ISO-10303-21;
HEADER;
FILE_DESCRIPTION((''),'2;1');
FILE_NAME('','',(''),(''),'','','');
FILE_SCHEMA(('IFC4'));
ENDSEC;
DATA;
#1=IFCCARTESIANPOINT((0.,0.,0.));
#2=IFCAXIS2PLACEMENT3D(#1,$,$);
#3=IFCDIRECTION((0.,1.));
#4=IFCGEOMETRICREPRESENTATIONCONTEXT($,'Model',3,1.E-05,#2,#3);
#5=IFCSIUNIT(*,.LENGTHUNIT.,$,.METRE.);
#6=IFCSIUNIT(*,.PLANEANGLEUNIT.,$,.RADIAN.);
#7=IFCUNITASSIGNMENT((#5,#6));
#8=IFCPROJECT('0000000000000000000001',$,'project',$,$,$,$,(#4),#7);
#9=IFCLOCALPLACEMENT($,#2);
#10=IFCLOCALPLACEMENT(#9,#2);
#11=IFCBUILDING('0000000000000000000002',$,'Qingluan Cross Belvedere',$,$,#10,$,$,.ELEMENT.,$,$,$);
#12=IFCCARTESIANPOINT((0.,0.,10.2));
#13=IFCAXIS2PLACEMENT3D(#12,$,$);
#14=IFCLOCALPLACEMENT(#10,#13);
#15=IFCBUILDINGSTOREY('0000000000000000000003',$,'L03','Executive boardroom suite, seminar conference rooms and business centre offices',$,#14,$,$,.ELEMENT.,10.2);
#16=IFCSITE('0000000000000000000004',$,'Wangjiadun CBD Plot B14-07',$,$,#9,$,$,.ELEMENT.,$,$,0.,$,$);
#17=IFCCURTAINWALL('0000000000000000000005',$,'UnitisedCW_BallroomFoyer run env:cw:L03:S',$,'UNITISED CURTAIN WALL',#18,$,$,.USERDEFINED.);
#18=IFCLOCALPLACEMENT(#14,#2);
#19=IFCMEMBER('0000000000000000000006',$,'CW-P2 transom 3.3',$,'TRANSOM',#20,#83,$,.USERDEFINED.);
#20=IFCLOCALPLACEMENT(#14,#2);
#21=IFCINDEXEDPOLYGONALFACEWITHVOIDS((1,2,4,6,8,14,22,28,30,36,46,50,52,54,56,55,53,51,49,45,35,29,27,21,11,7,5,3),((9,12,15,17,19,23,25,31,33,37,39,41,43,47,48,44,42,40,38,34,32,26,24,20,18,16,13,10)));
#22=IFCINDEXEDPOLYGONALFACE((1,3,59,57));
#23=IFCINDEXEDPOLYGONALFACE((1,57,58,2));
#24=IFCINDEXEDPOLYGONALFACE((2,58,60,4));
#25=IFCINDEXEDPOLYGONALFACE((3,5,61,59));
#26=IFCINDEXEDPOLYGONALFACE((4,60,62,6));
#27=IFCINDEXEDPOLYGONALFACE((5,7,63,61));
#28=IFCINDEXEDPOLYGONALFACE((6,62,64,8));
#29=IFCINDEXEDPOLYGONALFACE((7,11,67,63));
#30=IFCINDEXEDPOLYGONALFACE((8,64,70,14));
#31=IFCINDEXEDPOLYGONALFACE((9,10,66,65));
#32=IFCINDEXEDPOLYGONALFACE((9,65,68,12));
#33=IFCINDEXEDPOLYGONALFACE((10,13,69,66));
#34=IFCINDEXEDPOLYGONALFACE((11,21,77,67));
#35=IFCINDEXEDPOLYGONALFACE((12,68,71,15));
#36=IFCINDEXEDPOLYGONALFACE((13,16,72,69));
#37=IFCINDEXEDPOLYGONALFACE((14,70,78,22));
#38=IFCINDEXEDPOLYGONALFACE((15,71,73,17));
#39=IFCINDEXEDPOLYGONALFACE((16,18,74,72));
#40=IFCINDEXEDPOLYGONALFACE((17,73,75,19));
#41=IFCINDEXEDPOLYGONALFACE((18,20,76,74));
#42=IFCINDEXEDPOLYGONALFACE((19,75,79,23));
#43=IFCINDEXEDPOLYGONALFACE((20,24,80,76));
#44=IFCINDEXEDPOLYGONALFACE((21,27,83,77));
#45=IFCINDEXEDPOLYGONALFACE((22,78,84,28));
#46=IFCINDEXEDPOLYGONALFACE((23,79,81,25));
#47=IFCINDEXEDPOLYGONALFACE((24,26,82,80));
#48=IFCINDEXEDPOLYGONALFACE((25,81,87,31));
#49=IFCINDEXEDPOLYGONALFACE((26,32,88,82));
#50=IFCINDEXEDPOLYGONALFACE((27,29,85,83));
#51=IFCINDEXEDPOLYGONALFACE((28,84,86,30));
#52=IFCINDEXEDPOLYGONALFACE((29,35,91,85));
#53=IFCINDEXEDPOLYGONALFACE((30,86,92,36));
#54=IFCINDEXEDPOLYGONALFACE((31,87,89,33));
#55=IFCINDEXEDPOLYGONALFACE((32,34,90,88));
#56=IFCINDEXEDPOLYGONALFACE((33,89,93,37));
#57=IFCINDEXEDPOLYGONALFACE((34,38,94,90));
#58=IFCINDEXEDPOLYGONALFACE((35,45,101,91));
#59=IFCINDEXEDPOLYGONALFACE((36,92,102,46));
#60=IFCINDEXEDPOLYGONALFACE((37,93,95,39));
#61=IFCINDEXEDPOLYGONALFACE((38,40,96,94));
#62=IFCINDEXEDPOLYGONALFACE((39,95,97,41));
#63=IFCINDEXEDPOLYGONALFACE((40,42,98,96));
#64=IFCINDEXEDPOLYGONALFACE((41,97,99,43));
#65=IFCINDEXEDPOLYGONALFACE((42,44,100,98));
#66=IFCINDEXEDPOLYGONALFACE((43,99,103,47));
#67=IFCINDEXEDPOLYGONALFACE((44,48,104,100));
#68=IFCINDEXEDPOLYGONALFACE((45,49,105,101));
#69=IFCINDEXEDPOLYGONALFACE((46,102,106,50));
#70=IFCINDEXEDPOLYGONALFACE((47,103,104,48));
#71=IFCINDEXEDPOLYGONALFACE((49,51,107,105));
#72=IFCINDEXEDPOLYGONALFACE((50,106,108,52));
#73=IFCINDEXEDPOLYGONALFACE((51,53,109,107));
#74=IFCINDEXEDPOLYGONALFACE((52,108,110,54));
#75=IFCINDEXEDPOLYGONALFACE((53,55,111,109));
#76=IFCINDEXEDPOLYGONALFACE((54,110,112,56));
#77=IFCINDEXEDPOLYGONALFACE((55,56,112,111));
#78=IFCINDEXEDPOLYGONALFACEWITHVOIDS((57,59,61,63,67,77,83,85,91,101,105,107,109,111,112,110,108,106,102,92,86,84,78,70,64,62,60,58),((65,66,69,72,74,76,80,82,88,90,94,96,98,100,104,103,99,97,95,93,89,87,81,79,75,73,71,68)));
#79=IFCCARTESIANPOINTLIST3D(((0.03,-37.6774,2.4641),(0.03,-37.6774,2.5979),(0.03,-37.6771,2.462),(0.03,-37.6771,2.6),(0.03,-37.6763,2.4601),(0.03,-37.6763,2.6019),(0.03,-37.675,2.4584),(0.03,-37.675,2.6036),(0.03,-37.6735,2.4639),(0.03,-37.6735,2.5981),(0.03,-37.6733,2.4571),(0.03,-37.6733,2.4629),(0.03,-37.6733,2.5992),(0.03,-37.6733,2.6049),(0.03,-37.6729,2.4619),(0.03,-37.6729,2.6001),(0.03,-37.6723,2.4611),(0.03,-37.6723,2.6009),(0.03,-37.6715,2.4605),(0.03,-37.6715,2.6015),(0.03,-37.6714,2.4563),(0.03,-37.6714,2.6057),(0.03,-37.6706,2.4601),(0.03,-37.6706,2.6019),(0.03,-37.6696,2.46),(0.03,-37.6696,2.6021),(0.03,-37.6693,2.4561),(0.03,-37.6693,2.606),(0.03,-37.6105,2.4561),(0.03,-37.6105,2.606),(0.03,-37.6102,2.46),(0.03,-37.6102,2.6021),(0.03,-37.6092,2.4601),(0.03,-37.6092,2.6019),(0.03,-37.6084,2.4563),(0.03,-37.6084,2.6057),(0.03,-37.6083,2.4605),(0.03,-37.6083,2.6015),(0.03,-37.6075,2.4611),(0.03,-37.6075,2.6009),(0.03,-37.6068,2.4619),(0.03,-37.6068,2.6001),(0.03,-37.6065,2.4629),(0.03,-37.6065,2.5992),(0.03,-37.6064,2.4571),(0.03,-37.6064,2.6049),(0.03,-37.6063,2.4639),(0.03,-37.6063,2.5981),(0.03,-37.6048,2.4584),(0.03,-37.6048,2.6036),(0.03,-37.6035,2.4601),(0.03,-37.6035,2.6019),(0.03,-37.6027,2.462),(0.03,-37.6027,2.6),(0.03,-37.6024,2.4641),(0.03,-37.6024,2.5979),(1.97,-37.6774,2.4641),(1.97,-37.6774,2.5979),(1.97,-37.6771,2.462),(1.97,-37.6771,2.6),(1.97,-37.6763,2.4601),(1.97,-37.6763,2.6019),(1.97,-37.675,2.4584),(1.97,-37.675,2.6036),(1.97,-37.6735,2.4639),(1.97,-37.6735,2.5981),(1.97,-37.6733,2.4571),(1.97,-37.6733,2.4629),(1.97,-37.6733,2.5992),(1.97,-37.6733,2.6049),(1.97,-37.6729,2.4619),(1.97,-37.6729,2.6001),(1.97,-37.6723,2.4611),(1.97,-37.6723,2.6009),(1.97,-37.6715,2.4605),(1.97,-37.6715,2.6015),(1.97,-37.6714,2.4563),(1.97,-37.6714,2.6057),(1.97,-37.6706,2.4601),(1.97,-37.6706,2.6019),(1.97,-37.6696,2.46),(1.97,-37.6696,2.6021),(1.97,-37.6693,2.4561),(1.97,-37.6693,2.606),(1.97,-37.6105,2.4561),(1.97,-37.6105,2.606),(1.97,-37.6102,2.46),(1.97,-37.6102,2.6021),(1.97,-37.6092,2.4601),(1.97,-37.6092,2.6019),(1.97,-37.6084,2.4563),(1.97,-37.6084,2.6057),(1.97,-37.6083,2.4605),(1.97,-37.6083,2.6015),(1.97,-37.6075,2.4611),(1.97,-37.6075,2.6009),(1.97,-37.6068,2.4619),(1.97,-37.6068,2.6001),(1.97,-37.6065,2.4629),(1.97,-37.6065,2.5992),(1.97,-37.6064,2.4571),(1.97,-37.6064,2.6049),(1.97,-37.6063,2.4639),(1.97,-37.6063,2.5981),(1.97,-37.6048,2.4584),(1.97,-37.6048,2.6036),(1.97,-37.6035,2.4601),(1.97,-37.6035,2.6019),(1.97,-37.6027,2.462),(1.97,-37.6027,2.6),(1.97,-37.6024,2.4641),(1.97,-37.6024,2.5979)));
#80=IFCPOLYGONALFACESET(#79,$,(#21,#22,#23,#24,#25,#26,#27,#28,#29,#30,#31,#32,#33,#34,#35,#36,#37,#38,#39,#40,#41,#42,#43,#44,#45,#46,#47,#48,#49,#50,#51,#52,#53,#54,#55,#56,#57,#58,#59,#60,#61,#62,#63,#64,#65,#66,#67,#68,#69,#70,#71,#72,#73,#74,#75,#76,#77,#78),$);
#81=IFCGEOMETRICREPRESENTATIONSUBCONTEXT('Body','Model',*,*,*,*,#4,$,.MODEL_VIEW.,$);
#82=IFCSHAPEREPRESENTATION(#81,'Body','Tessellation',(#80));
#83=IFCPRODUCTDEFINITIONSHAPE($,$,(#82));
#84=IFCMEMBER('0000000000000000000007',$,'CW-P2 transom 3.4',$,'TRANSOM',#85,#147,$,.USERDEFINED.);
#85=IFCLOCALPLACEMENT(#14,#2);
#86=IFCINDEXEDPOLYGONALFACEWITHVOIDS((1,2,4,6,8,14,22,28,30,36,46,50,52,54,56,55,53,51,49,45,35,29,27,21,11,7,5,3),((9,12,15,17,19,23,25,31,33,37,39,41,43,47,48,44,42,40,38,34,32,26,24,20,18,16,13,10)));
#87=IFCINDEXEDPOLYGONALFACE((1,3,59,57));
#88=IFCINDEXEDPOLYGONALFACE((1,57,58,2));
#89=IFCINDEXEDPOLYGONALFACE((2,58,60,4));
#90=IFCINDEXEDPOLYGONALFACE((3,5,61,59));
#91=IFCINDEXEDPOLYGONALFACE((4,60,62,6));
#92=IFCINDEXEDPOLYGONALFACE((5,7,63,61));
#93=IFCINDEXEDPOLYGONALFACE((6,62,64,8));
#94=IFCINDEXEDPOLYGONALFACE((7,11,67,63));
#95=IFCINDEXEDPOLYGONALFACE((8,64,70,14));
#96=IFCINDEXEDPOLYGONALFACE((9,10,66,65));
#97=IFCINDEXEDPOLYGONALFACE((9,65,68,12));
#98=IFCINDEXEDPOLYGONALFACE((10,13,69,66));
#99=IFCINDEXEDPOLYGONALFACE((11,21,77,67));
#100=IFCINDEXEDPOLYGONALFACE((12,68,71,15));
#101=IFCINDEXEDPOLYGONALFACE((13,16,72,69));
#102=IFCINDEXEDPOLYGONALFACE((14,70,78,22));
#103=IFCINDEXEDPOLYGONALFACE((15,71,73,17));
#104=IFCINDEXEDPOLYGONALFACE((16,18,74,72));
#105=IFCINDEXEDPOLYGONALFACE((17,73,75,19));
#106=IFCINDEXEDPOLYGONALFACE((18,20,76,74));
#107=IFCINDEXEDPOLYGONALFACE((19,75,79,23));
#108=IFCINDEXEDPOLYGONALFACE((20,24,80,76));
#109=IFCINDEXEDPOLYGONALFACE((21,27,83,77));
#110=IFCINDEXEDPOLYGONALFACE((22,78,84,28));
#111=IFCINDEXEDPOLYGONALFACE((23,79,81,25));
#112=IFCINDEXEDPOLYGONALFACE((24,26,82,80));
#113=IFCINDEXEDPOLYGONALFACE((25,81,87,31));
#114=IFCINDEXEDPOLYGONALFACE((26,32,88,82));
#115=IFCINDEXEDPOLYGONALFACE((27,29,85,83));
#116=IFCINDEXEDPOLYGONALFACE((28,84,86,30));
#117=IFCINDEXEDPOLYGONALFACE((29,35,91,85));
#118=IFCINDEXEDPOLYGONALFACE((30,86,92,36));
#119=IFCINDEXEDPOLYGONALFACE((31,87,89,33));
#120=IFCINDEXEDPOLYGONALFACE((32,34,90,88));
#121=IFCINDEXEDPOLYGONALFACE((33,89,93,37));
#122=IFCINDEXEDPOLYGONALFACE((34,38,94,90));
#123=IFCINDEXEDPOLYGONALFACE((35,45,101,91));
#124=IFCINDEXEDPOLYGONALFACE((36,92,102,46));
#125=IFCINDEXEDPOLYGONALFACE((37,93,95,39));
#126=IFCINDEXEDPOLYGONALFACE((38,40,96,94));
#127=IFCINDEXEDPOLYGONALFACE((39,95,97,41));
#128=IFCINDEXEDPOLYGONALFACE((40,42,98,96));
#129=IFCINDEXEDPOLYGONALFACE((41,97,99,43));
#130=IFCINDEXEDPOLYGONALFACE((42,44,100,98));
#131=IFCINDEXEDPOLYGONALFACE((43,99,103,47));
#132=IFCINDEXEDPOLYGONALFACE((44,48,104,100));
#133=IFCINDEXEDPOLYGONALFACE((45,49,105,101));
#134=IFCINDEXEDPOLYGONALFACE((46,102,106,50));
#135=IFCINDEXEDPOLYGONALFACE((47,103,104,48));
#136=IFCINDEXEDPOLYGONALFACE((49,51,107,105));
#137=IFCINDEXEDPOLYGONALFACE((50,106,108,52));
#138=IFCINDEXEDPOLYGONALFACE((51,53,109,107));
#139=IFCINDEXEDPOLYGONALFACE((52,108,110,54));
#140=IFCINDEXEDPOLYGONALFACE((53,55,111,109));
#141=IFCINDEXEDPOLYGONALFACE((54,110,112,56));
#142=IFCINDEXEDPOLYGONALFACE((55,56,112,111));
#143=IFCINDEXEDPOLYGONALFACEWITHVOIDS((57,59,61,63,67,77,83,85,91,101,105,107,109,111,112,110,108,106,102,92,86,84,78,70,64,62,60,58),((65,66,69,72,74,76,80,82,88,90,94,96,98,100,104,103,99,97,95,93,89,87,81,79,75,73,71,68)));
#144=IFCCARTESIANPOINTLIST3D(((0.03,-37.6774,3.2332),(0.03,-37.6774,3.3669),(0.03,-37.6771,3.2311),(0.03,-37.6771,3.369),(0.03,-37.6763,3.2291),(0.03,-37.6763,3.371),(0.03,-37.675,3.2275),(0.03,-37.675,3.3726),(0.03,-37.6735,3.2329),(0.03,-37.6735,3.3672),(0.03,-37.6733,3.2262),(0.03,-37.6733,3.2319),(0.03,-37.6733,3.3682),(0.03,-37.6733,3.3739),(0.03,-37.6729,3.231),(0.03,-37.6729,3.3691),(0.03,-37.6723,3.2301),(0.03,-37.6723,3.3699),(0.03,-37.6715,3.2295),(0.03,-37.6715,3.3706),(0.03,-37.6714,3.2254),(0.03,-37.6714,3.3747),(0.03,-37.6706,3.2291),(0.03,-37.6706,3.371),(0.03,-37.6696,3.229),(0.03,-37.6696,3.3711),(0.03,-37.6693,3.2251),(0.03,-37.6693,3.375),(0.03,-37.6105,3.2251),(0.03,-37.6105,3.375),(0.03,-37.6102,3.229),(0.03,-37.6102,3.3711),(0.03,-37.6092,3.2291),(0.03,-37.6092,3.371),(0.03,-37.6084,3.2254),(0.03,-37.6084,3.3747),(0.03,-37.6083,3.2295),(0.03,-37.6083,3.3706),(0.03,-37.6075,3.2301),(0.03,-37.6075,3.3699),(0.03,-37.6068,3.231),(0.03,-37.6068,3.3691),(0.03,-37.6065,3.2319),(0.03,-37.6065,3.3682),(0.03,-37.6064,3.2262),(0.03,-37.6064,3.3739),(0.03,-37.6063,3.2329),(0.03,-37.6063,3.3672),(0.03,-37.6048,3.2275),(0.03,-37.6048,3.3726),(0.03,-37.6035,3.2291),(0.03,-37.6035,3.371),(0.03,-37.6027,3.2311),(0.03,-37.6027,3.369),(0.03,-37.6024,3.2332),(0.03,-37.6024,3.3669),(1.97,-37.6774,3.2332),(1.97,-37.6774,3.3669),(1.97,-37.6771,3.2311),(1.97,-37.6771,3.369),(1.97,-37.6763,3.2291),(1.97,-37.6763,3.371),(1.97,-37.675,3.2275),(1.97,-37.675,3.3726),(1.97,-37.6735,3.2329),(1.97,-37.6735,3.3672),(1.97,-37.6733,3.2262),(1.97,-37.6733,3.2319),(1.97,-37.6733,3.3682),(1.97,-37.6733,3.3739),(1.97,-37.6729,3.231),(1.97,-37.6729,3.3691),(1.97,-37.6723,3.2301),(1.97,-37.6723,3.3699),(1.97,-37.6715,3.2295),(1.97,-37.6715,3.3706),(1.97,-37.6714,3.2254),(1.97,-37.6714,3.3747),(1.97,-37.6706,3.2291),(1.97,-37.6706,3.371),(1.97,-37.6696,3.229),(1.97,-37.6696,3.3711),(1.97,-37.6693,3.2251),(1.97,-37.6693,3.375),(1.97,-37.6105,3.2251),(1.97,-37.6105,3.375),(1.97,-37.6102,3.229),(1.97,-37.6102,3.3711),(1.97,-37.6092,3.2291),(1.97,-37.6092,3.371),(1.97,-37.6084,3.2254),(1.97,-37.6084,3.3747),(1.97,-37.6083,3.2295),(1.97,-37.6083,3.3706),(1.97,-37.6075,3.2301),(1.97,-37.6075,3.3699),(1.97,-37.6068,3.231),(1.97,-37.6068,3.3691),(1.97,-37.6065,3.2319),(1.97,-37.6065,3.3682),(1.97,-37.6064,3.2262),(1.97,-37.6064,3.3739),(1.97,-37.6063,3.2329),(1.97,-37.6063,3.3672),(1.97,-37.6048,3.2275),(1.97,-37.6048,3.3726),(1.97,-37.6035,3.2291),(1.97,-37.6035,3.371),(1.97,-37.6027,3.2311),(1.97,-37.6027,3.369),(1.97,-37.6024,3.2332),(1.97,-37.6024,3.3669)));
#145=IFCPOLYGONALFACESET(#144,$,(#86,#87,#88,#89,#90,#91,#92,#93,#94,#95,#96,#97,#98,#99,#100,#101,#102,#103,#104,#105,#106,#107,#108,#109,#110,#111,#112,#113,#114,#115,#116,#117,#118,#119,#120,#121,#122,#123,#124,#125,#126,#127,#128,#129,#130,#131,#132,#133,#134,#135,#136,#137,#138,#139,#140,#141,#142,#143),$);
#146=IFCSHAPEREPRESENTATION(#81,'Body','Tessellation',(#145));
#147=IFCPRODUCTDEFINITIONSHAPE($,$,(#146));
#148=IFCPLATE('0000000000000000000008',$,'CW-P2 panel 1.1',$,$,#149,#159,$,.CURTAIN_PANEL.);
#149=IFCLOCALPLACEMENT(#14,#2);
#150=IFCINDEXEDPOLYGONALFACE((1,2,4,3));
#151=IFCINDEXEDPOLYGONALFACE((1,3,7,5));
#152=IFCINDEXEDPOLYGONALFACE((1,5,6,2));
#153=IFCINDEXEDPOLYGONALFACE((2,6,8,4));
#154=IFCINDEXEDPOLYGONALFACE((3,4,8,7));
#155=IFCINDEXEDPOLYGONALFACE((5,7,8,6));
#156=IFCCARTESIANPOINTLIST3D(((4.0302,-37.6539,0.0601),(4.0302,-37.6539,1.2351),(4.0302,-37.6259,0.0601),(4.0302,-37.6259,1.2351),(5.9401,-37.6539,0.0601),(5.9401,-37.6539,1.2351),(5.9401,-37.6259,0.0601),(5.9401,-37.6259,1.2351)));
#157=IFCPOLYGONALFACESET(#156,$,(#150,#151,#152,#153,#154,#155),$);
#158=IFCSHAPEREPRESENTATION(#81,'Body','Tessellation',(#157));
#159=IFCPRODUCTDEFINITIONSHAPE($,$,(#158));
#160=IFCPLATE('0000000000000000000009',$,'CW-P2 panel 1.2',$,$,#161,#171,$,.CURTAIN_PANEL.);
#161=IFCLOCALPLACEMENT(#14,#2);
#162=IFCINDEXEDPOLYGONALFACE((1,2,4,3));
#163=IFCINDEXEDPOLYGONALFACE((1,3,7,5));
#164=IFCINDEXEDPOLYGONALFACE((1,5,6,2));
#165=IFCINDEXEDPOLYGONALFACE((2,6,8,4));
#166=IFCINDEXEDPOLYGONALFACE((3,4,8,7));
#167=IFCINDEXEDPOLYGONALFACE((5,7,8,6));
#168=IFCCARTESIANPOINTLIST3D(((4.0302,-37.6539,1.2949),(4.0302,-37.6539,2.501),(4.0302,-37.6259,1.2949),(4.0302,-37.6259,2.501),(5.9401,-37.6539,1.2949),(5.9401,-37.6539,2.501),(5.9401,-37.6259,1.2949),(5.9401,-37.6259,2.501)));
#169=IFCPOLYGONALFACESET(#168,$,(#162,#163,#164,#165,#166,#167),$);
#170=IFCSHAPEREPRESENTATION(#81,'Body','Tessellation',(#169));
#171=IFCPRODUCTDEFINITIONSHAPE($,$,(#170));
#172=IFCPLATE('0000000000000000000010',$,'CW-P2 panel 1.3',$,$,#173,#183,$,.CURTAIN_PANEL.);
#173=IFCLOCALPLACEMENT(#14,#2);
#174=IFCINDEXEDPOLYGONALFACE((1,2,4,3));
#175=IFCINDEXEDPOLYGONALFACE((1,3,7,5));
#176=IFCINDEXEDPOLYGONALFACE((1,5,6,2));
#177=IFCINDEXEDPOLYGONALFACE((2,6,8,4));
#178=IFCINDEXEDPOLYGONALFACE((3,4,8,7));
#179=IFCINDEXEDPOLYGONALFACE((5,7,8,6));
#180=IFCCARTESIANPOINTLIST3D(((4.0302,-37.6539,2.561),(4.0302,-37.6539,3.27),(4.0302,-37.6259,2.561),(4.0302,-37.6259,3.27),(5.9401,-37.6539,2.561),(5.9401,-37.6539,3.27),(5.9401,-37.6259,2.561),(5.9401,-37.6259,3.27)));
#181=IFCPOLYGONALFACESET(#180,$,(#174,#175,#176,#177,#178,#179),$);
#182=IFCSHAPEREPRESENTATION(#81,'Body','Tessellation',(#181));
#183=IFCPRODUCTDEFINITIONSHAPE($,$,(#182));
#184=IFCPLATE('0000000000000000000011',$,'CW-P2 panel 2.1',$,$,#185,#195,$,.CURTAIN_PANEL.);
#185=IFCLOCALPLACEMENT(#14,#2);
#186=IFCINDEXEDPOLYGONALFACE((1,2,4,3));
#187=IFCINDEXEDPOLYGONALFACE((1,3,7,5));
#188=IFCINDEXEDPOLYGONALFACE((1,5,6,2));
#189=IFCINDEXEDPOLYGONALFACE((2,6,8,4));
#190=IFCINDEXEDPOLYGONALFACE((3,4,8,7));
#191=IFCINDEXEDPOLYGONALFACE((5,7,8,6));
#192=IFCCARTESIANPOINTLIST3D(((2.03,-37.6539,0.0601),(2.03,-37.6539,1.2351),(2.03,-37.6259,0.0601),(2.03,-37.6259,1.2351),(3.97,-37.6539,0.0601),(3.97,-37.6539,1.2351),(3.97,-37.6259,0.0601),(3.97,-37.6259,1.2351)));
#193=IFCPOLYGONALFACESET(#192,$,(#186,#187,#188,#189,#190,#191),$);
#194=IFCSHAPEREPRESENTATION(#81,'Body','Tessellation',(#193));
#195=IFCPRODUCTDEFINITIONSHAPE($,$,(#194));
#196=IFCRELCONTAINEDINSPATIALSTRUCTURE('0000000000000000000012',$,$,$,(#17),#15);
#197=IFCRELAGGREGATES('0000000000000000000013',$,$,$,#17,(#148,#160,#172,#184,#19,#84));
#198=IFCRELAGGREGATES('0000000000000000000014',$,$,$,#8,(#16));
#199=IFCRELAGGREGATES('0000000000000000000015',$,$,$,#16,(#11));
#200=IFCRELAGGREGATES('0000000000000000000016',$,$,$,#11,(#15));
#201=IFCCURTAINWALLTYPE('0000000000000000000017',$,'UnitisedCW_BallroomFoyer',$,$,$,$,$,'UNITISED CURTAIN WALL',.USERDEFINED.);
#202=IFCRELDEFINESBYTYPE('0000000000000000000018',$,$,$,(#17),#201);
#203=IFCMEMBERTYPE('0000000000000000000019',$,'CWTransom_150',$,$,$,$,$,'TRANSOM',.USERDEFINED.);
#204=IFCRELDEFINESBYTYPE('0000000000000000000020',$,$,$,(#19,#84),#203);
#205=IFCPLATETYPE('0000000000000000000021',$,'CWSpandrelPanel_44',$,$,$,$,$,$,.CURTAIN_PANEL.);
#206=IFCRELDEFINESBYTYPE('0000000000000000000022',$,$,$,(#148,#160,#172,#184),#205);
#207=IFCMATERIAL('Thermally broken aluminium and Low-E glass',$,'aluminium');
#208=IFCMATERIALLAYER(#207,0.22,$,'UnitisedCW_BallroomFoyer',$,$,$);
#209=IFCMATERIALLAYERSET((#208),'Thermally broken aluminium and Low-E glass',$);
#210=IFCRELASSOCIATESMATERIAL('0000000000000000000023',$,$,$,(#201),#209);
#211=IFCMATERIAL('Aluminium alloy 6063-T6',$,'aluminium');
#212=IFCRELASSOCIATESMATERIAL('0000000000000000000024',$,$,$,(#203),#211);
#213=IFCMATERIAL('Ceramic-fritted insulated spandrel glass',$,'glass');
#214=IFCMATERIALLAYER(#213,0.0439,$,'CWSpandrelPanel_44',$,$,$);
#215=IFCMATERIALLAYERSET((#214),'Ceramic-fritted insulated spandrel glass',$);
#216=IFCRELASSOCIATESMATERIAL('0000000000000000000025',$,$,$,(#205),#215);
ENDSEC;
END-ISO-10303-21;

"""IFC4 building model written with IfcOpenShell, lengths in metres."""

from ifc_helpers import new_model, si_unit, direction, frame, origin, origin_2d, place, context, subcontext, project, spatial, rectangle, hollow_rectangle, extrude, material, layer, layer_set, material_profile, profile_set, type_object, element, aggregate, save


model = new_model("IFC4")

# Units and contexts
model_context = context("Model", 3, precision=1e-05, world=origin(), true_north=direction((0.0, 1.0)))
body_context = subcontext(model_context, "Body", "Model", "MODEL_VIEW")
ifc_project = project(units=[si_unit("LENGTHUNIT", "METRE"), si_unit("PLANEANGLEUNIT", "RADIAN")], contexts=[model_context])

# Site, building, storey
site_placement = place(None, origin())
site = spatial("IfcSite", under=ifc_project, at=site_placement, Name="Wangjiadun CBD Plot B14-07", CompositionType="ELEMENT", RefElevation=0.0)
building_placement = place(site_placement, origin())
building = spatial("IfcBuilding", under=site, at=building_placement, Name="Qingluan Cross Belvedere", CompositionType="ELEMENT")
storey_placement = place(building_placement, frame((0.0, 0.0, 10.2)))
storey = spatial("IfcBuildingStorey", under=building, at=storey_placement, Name="L03", Description="Executive boardroom suite, seminar conference rooms and business centre offices", CompositionType="ELEMENT", Elevation=10.2)

# Curtain wall, members, plates
ifc_material_1 = material(Name="Thermally broken aluminium and Low-E glass", Category="aluminium")
ifc_layer_1 = layer(ifc_material_1, 0.22, Name="UnitisedCW_BallroomFoyer")
ifc_layer_set_1 = layer_set([ifc_layer_1], Name="Thermally broken aluminium and Low-E glass")
curtain_wall_type = type_object("IfcCurtainWallType", Name="UnitisedCW_BallroomFoyer", ElementType="UNITISED CURTAIN WALL", PredefinedType="USERDEFINED", material=ifc_layer_set_1)
curtain_wall_placement = place(storey_placement, origin())
curtain_wall = element("IfcCurtainWall", 1, at=curtain_wall_placement, inside=storey, type_object=curtain_wall_type, Name="UnitisedCW_BallroomFoyer run env:cw:L03:S", ObjectType="UNITISED CURTAIN WALL", PredefinedType="USERDEFINED")
ifc_material_2 = material(Name="Aluminium alloy 6063-T6", Category="aluminium")
ifc_material_profile_1 = material_profile(ifc_material_2, hollow_rectangle(XDim=0.075, YDim=0.1499, WallThickness=0.0039, InnerFilletRadius=0.0039, OuterFilletRadius=0.0081, at=origin_2d()), Name="CWT150x75x4")
ifc_profile_set_1 = profile_set([ifc_material_profile_1], Name="Aluminium alloy 6063-T6")
member_type_1 = type_object("IfcMemberType", Name="CWTransom_150", ElementType="TRANSOM", PredefinedType="USERDEFINED", material=ifc_profile_set_1)
member_1_placement = place(storey_placement, frame((1.97, -37.6399, 2.531), z_axis=(-1.0, 0.0, 0.0), x_axis=(0.0, -1.0, 0.0)))
member_1 = element("IfcMember", 2, at=member_1_placement, type_object=member_type_1, Name="CW-P2 transom 3.3", ObjectType="TRANSOM", PredefinedType="USERDEFINED", context=body_context, shape_type="SweptSolid", body=[
    extrude(hollow_rectangle(XDim=0.075, YDim=0.1499, WallThickness=0.0039, InnerFilletRadius=0.0039, OuterFilletRadius=0.0081, at=origin_2d()), origin(), (0.0, 0.0, 1.0), 1.9399),
])
member_2_placement = place(storey_placement, frame((1.97, -37.6399, 3.3), z_axis=(-1.0, 0.0, 0.0), x_axis=(0.0, -1.0, 0.0)))
member_2 = element("IfcMember", 3, at=member_2_placement, type_object=member_type_1, Name="CW-P2 transom 3.4", ObjectType="TRANSOM", PredefinedType="USERDEFINED", context=body_context, shape_type="SweptSolid", body=[
    extrude(hollow_rectangle(XDim=0.075, YDim=0.1499, WallThickness=0.0039, InnerFilletRadius=0.0039, OuterFilletRadius=0.0081, at=origin_2d()), origin(), (0.0, 0.0, 1.0), 1.9399),
])
ifc_material_3 = material(Name="Ceramic-fritted insulated spandrel glass", Category="glass")
ifc_layer_2 = layer(ifc_material_3, 0.0439, Name="CWSpandrelPanel_44")
ifc_layer_set_2 = layer_set([ifc_layer_2], Name="Ceramic-fritted insulated spandrel glass")
plate_type = type_object("IfcPlateType", Name="CWSpandrelPanel_44", PredefinedType="CURTAIN_PANEL", material=ifc_layer_set_2)
plate_1_placement = place(storey_placement, frame((4.9851, -37.6399, 0.0601), z_axis=(0.0, 0.0, 1.0), x_axis=(-1.0, 0.0, 0.0)))
plate_1 = element("IfcPlate", 4, at=plate_1_placement, type_object=plate_type, Name="CW-P2 panel 1.1", PredefinedType="CURTAIN_PANEL", context=body_context, shape_type="SweptSolid", body=[
    extrude(rectangle(XDim=1.9099, YDim=0.0281, at=origin_2d()), origin(), (0.0, 0.0, 1.0), 1.175),
])
plate_2_placement = place(storey_placement, frame((4.9851, -37.6399, 1.2949), z_axis=(0.0, 0.0, 1.0), x_axis=(-1.0, 0.0, 0.0)))
plate_2 = element("IfcPlate", 5, at=plate_2_placement, type_object=plate_type, Name="CW-P2 panel 1.2", PredefinedType="CURTAIN_PANEL", context=body_context, shape_type="SweptSolid", body=[
    extrude(rectangle(XDim=1.9099, YDim=0.0281, at=origin_2d()), origin(), (0.0, 0.0, 1.0), 1.2061),
])
plate_3_placement = place(storey_placement, frame((4.9851, -37.6399, 2.561), z_axis=(0.0, 0.0, 1.0), x_axis=(-1.0, 0.0, 0.0)))
plate_3 = element("IfcPlate", 6, at=plate_3_placement, type_object=plate_type, Name="CW-P2 panel 1.3", PredefinedType="CURTAIN_PANEL", context=body_context, shape_type="SweptSolid", body=[
    extrude(rectangle(XDim=1.9099, YDim=0.0281, at=origin_2d()), origin(), (0.0, 0.0, 1.0), 0.709),
])
plate_4_placement = place(storey_placement, frame((3.0, -37.6399, 0.0601), z_axis=(0.0, 0.0, 1.0), x_axis=(-1.0, 0.0, 0.0)))
plate_4 = element("IfcPlate", 7, at=plate_4_placement, type_object=plate_type, Name="CW-P2 panel 2.1", PredefinedType="CURTAIN_PANEL", context=body_context, shape_type="SweptSolid", body=[
    extrude(rectangle(XDim=1.9399, YDim=0.0281, at=origin_2d()), origin(), (0.0, 0.0, 1.0), 1.175),
])
aggregate(curtain_wall, [plate_1, plate_2, plate_3, plate_4, member_1, member_2])

save(model, "model.ifc")
